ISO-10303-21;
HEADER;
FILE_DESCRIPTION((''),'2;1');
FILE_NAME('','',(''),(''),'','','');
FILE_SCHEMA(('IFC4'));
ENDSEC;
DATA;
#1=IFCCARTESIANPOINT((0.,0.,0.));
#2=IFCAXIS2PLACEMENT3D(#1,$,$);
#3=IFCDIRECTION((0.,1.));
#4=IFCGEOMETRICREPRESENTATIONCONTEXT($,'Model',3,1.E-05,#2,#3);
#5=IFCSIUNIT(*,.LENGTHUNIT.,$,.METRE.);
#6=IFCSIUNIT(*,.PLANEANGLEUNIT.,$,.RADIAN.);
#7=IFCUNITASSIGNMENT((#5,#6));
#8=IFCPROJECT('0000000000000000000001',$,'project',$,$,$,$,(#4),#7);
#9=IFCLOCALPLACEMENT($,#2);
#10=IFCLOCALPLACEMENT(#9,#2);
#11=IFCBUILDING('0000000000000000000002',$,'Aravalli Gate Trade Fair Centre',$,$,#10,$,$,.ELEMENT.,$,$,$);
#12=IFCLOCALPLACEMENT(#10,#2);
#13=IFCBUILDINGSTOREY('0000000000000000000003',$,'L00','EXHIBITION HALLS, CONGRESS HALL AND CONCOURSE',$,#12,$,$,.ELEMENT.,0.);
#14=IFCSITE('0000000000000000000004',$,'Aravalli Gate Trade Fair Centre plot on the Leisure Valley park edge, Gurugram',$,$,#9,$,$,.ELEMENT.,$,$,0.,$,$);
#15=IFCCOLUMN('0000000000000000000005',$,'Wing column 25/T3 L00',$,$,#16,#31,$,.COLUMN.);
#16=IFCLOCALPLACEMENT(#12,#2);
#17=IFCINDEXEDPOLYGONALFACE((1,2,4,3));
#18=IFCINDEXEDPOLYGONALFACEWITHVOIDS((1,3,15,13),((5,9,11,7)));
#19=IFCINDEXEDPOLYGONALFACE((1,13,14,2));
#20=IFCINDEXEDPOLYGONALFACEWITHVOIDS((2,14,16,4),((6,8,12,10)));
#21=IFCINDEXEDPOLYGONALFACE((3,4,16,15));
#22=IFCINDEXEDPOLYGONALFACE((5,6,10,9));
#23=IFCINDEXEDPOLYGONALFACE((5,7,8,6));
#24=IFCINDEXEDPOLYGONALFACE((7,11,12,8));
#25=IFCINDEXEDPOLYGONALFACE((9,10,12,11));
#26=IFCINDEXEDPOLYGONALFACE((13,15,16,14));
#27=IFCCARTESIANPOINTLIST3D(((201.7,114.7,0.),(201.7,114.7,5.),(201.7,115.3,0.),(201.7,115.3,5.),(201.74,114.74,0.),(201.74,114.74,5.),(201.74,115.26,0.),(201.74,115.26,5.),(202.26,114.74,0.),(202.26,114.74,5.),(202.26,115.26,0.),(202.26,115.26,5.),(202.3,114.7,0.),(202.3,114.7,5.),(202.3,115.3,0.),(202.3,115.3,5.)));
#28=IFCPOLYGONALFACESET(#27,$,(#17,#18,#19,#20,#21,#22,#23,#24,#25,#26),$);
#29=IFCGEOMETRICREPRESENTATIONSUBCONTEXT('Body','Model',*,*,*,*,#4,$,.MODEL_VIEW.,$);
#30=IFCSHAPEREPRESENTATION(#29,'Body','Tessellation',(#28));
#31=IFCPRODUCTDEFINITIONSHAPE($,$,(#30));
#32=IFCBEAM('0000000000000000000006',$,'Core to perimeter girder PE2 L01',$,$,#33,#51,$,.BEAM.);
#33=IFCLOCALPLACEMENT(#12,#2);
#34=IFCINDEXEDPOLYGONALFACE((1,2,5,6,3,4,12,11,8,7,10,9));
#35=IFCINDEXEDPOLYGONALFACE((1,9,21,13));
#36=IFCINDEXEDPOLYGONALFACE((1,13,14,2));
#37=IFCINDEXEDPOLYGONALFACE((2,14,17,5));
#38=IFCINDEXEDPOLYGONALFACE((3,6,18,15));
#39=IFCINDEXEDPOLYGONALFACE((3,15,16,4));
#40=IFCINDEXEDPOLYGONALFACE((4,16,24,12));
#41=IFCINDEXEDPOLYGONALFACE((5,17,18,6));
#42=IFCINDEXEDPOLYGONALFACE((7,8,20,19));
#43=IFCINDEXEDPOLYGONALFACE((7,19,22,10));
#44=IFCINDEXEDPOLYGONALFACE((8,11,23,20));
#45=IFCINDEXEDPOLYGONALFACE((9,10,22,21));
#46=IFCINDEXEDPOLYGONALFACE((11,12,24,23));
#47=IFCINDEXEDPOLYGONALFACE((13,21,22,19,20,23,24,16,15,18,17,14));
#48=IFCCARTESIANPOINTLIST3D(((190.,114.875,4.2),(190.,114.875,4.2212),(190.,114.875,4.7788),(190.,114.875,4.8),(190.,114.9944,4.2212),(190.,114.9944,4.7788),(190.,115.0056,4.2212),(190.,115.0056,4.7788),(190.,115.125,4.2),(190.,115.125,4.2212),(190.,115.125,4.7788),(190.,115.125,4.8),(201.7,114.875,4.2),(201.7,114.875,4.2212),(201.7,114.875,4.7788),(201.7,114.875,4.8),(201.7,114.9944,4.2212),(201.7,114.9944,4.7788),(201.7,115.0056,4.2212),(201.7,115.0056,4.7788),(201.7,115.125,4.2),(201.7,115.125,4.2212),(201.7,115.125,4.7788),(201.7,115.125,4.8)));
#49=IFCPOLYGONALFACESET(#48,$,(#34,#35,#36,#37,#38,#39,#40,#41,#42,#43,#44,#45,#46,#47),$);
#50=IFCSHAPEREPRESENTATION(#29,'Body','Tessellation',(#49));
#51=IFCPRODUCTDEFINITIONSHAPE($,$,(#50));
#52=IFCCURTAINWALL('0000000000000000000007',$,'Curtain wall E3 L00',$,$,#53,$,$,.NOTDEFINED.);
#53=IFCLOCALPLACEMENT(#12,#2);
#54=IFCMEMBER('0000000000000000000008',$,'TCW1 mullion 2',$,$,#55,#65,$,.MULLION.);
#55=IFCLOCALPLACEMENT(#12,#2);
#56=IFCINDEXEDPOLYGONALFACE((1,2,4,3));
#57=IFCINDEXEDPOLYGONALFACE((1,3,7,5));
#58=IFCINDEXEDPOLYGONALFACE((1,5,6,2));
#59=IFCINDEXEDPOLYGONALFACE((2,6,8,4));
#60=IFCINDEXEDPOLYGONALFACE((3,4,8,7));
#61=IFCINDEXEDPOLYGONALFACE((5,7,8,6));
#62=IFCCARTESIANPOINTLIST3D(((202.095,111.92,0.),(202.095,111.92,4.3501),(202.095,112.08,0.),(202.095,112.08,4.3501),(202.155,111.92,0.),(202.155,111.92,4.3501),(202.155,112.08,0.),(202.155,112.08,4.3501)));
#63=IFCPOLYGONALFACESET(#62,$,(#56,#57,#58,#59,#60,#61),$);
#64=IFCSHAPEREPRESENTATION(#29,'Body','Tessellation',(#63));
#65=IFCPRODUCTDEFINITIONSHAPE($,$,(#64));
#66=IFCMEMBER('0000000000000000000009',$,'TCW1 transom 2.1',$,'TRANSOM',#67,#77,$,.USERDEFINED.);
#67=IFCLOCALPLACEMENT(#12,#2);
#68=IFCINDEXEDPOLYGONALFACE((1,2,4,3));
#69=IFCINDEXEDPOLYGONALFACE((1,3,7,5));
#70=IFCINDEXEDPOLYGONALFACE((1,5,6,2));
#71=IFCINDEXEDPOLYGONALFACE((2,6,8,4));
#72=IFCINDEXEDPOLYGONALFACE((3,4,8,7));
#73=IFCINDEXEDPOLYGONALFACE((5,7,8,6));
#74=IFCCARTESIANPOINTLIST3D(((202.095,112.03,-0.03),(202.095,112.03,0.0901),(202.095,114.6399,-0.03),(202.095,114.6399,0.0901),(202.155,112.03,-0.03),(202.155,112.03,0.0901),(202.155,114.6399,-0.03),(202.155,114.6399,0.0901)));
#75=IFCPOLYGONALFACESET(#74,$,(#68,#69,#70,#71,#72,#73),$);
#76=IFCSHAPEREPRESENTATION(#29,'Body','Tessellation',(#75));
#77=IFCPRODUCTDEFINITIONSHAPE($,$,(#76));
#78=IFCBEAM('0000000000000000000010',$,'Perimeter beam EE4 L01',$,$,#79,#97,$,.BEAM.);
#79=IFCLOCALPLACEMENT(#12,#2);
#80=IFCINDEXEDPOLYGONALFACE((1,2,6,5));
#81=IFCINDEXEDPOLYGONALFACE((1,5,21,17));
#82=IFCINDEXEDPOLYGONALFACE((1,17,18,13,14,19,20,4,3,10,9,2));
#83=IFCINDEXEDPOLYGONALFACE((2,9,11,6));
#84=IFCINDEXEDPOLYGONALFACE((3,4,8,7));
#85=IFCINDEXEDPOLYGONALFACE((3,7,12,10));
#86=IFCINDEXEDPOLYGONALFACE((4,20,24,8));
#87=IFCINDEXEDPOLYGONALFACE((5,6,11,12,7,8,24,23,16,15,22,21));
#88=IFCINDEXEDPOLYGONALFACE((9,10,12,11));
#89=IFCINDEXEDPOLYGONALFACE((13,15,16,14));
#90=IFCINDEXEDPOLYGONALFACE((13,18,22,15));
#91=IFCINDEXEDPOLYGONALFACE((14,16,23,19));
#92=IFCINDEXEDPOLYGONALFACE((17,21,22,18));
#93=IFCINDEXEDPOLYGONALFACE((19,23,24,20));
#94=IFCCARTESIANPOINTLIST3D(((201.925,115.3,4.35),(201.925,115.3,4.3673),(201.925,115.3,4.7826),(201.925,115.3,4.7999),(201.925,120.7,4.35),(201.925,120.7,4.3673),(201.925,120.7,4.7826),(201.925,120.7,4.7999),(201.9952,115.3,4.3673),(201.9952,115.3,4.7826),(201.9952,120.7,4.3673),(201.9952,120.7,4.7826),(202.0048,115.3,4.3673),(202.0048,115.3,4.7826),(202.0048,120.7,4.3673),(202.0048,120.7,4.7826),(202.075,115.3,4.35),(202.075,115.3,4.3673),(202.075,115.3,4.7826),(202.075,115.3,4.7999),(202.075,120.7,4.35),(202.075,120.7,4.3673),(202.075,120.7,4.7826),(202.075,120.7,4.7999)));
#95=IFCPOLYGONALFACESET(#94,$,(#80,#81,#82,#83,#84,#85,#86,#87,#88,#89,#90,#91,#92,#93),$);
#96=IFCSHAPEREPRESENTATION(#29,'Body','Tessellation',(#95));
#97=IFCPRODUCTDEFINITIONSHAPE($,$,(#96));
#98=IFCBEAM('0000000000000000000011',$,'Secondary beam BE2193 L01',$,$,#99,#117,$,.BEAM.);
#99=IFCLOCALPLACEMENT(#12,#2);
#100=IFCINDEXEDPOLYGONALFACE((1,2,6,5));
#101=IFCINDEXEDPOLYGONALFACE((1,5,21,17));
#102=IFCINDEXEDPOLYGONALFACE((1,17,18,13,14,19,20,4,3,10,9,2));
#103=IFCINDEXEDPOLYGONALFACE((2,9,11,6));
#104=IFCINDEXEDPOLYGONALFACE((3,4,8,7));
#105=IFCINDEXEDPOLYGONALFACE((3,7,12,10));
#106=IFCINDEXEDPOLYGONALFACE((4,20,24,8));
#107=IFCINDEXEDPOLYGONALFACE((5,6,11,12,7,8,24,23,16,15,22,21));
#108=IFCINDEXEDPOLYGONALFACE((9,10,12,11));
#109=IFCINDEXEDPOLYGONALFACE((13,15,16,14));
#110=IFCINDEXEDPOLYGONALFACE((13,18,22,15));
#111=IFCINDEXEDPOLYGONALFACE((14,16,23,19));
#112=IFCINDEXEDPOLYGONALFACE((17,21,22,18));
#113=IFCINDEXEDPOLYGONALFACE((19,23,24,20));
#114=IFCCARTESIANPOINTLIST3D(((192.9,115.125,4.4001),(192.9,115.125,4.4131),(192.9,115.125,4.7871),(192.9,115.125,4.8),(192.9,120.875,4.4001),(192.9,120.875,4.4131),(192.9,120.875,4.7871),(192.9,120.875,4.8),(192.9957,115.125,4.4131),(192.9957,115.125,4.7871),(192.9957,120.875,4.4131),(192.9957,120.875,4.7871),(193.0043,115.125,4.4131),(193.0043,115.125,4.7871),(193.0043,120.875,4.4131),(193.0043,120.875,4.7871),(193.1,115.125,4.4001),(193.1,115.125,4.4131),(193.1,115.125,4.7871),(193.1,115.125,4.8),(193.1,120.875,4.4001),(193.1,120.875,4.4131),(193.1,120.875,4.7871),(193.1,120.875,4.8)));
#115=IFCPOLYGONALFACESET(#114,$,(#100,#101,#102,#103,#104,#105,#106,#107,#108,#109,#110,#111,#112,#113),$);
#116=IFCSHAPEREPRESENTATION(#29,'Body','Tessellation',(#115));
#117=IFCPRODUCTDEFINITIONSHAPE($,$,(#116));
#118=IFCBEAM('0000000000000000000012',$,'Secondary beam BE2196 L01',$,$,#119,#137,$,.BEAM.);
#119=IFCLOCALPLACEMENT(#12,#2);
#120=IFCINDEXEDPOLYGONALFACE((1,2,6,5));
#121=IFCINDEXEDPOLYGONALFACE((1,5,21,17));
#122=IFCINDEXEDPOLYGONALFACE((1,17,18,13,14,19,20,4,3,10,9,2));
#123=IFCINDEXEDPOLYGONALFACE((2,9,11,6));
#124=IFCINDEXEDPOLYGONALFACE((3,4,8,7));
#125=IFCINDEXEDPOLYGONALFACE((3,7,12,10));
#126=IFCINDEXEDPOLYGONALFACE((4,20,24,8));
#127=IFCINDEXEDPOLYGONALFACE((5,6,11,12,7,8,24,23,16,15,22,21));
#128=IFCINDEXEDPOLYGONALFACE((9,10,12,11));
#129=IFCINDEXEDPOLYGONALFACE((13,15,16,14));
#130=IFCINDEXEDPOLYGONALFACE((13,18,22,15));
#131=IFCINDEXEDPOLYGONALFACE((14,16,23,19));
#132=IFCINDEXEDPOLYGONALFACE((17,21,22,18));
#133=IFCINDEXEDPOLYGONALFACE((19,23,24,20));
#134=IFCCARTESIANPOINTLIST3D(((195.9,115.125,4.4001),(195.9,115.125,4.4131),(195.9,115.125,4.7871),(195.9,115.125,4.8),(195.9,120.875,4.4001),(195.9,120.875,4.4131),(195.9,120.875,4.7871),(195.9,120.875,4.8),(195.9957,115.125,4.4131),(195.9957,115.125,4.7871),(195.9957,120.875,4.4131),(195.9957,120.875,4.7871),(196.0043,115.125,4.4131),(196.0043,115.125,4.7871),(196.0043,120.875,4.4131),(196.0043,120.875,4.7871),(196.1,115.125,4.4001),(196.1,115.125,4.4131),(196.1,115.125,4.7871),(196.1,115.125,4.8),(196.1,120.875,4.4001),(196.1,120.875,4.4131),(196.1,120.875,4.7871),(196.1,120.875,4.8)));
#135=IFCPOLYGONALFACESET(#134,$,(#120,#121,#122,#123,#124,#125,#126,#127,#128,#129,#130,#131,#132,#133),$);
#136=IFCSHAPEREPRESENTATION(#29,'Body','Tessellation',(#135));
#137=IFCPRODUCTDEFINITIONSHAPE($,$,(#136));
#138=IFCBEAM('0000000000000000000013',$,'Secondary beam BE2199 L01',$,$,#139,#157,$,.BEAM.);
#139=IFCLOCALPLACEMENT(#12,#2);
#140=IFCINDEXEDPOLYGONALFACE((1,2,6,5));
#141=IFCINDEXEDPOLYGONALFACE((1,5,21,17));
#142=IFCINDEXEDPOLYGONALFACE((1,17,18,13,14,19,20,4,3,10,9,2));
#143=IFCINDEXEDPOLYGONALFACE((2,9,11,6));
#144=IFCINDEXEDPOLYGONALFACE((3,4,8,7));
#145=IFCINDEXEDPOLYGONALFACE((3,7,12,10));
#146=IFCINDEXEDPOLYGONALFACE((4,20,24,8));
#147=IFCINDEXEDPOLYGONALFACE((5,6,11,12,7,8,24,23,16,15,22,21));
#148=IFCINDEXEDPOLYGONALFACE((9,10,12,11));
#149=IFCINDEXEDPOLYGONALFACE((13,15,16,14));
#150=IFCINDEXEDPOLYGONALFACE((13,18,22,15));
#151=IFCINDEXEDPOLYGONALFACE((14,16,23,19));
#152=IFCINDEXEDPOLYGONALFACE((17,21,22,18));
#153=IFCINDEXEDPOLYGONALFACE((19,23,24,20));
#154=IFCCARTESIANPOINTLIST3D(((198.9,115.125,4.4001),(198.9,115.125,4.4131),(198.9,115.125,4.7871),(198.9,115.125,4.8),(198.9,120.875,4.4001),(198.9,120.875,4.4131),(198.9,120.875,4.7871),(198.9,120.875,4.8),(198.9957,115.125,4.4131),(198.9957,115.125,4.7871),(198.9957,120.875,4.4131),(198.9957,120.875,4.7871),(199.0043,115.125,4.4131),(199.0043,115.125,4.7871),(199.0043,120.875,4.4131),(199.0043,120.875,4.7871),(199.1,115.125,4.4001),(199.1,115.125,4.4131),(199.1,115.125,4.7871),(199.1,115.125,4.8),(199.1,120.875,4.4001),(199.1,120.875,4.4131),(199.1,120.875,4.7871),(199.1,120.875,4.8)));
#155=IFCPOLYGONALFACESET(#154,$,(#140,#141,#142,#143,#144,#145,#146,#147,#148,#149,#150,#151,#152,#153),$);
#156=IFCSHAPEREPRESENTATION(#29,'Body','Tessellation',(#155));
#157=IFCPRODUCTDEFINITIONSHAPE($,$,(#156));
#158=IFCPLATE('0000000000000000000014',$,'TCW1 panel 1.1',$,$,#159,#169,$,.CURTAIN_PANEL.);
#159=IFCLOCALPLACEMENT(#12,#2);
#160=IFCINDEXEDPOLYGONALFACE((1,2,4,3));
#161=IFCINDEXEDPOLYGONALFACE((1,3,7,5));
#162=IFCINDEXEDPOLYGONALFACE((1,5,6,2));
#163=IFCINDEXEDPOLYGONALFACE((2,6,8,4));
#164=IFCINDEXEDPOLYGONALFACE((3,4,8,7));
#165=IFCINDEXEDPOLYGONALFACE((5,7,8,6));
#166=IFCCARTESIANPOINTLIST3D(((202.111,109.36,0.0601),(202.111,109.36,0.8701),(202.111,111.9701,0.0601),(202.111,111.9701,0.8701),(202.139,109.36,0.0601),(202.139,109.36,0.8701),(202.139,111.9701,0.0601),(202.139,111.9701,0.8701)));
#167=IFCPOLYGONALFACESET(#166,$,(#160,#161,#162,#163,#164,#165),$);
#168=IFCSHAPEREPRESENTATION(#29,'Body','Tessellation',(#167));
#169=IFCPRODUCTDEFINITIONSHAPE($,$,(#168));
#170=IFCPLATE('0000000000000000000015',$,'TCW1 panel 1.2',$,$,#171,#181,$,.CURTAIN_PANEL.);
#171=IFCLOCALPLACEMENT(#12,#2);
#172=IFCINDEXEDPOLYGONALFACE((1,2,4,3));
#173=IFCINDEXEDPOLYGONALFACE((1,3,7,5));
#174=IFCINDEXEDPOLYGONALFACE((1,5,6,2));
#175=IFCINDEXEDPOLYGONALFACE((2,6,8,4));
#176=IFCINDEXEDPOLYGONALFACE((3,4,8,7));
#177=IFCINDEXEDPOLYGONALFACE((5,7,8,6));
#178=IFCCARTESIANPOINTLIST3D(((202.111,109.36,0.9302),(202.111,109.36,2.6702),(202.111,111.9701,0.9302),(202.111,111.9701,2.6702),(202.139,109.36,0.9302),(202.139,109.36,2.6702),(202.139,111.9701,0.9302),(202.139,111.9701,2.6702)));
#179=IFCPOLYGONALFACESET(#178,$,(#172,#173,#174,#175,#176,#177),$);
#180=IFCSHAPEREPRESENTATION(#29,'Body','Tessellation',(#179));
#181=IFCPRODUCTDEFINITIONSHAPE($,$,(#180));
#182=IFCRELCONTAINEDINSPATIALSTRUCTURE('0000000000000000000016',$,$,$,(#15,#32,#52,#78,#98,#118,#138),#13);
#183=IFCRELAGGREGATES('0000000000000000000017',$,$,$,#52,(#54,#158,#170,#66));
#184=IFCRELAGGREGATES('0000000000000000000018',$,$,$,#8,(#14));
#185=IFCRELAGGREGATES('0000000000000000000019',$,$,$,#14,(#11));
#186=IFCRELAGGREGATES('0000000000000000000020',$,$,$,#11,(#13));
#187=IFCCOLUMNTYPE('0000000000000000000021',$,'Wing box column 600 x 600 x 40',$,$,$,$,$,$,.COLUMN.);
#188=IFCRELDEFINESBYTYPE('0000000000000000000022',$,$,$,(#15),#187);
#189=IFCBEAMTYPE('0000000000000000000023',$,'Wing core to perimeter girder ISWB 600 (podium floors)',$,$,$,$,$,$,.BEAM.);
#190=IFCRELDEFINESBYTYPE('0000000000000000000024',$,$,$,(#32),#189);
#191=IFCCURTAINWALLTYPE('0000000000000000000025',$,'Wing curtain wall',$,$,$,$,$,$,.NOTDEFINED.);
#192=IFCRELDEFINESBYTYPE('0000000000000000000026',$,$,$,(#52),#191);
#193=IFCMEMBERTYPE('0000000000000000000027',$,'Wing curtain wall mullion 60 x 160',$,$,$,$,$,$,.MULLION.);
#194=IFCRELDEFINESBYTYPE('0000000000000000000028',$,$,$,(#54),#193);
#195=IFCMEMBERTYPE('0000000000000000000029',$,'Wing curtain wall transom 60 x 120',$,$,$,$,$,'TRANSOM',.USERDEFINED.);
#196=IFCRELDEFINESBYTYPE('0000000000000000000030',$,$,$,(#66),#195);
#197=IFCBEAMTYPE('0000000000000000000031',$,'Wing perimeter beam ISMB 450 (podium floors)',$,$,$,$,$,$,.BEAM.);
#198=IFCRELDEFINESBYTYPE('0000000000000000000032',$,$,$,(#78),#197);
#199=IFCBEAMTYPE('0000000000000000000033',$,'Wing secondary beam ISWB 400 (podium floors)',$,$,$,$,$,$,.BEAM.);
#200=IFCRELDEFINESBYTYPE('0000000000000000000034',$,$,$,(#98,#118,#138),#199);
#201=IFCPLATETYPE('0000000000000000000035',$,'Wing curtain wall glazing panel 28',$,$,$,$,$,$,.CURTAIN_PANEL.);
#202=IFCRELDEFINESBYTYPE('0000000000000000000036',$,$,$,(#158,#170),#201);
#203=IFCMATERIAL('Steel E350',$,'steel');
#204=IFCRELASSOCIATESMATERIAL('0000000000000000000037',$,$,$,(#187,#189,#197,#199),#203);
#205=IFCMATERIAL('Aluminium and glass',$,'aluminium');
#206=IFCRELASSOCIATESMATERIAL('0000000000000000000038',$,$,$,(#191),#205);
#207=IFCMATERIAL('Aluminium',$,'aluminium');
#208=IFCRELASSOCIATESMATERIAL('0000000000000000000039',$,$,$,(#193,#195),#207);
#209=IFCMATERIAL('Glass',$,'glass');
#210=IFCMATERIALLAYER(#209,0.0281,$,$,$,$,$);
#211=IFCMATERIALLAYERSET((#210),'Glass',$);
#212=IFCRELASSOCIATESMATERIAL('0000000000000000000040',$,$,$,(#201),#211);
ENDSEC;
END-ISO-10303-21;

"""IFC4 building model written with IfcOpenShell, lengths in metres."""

from ifc_helpers import new_model, si_unit, direction, frame, origin, origin_2d, place, context, subcontext, project, spatial, rectangle, hollow_rectangle, i_section, extrude, material, layer, layer_set, material_profile, profile_set, type_object, element, aggregate, save


model = new_model("IFC4")

# Units and contexts
model_context = context("Model", 3, precision=1e-05, world=origin(), true_north=direction((0.0, 1.0)))
body_context = subcontext(model_context, "Body", "Model", "MODEL_VIEW")
ifc_project = project(units=[si_unit("LENGTHUNIT", "METRE"), si_unit("PLANEANGLEUNIT", "RADIAN")], contexts=[model_context])

# Site, building, storey
site_placement = place(None, origin())
site = spatial("IfcSite", under=ifc_project, at=site_placement, Name="Aravalli Gate Trade Fair Centre plot on the Leisure Valley park edge, Gurugram", CompositionType="ELEMENT", RefElevation=0.0)
building_placement = place(site_placement, origin())
building = spatial("IfcBuilding", under=site, at=building_placement, Name="Aravalli Gate Trade Fair Centre", CompositionType="ELEMENT")
storey_placement = place(building_placement, origin())
storey = spatial("IfcBuildingStorey", under=building, at=storey_placement, Name="L00", Description="EXHIBITION HALLS, CONGRESS HALL AND CONCOURSE", CompositionType="ELEMENT", Elevation=0.0)

# Column
ifc_material_1 = material(Name="Steel E350", Category="steel")
ifc_material_profile_1 = material_profile(ifc_material_1, hollow_rectangle(XDim=0.6001, YDim=0.6001, WallThickness=0.04, at=origin_2d()), Name="BOX 600x600x40")
ifc_profile_set_1 = profile_set([ifc_material_profile_1], Name="Steel E350")
column_type = type_object("IfcColumnType", Name="Wing box column 600 x 600 x 40", PredefinedType="COLUMN", material=ifc_profile_set_1)
column_placement = place(storey_placement, frame((202.0, 115.0, 0.0), z_axis=(0.0, 0.0, 1.0), x_axis=(1.0, 0.0, 0.0)))
element("IfcColumn", 1, at=column_placement, inside=storey, type_object=column_type, Name="Wing column 25/T3 L00", PredefinedType="COLUMN", context=body_context, shape_type="SweptSolid", body=[
    extrude(hollow_rectangle(XDim=0.6001, YDim=0.6001, WallThickness=0.04, at=origin_2d()), origin(), (0.0, 0.0, 1.0), 5.0),
])

# Beam
ifc_material_profile_2 = material_profile(ifc_material_1, i_section(OverallWidth=0.25, OverallDepth=0.6001, WebThickness=0.0112, FlangeThickness=0.0212, at=origin_2d()), Name="ISWB 600")
ifc_profile_set_2 = profile_set([ifc_material_profile_2], Name="Steel E350")
beam_type_1 = type_object("IfcBeamType", Name="Wing core to perimeter girder ISWB 600 (podium floors)", PredefinedType="BEAM", material=ifc_profile_set_2)
beam_1_placement = place(storey_placement, frame((190.0, 115.0, 4.5), z_axis=(1.0, 0.0, 0.0), x_axis=(0.0, 1.0, 0.0)))
element("IfcBeam", 2, at=beam_1_placement, inside=storey, type_object=beam_type_1, Name="Core to perimeter girder PE2 L01", PredefinedType="BEAM", context=body_context, shape_type="SweptSolid", body=[
    extrude(i_section(OverallWidth=0.25, OverallDepth=0.6001, WebThickness=0.0112, FlangeThickness=0.0212, at=origin_2d()), origin(), (0.0, 0.0, 1.0), 11.7),
])

# Curtain wall, members
ifc_material_2 = material(Name="Aluminium and glass", Category="aluminium")
curtain_wall_type = type_object("IfcCurtainWallType", Name="Wing curtain wall", PredefinedType="NOTDEFINED", material=ifc_material_2)
curtain_wall_placement = place(storey_placement, origin())
curtain_wall = element("IfcCurtainWall", 3, at=curtain_wall_placement, inside=storey, type_object=curtain_wall_type, Name="Curtain wall E3 L00", PredefinedType="NOTDEFINED")
ifc_material_3 = material(Name="Aluminium", Category="aluminium")
ifc_material_profile_3 = material_profile(ifc_material_3, rectangle(XDim=0.0601, YDim=0.1599, at=origin_2d()), Name="Wing curtain wall mullion 60 x 160")
ifc_profile_set_3 = profile_set([ifc_material_profile_3], Name="Aluminium")
member_type_1 = type_object("IfcMemberType", Name="Wing curtain wall mullion 60 x 160", PredefinedType="MULLION", material=ifc_profile_set_3)
member_1_placement = place(storey_placement, frame((202.125, 112.0, 0.0), z_axis=(0.0, 0.0, 1.0), x_axis=(-1.0, 0.0, 0.0)))
member_1 = element("IfcMember", 4, at=member_1_placement, type_object=member_type_1, Name="TCW1 mullion 2", PredefinedType="MULLION", context=body_context, shape_type="SweptSolid", body=[
    extrude(rectangle(XDim=0.0601, YDim=0.1599, at=origin_2d()), origin(), (0.0, 0.0, 1.0), 4.3501),
])
ifc_material_profile_4 = material_profile(ifc_material_3, rectangle(XDim=0.0601, YDim=0.1201, at=origin_2d()), Name="Wing curtain wall transom 60 x 120")
ifc_profile_set_4 = profile_set([ifc_material_profile_4], Name="Aluminium")
member_type_2 = type_object("IfcMemberType", Name="Wing curtain wall transom 60 x 120", ElementType="TRANSOM", PredefinedType="USERDEFINED", material=ifc_profile_set_4)
member_2_placement = place(storey_placement, frame((202.125, 112.03, 0.03), z_axis=(0.0, 1.0, 0.0), x_axis=(-1.0, 0.0, 0.0)))
member_2 = element("IfcMember", 5, at=member_2_placement, type_object=member_type_2, Name="TCW1 transom 2.1", ObjectType="TRANSOM", PredefinedType="USERDEFINED", context=body_context, shape_type="SweptSolid", body=[
    extrude(rectangle(XDim=0.0601, YDim=0.1201, at=origin_2d()), origin(), (0.0, 0.0, 1.0), 2.6099),
])

# Beams
ifc_material_profile_5 = material_profile(ifc_material_1, i_section(OverallWidth=0.1499, OverallDepth=0.45, WebThickness=0.0095, FlangeThickness=0.0173, at=origin_2d()), Name="ISMB 450")
ifc_profile_set_5 = profile_set([ifc_material_profile_5], Name="Steel E350")
beam_type_2 = type_object("IfcBeamType", Name="Wing perimeter beam ISMB 450 (podium floors)", PredefinedType="BEAM", material=ifc_profile_set_5)
beam_2_placement = place(storey_placement, frame((202.0, 115.3, 4.575), z_axis=(0.0, 1.0, 0.0), x_axis=(-1.0, 0.0, 0.0)))
element("IfcBeam", 6, at=beam_2_placement, inside=storey, type_object=beam_type_2, Name="Perimeter beam EE4 L01", PredefinedType="BEAM", context=body_context, shape_type="SweptSolid", body=[
    extrude(i_section(OverallWidth=0.1499, OverallDepth=0.45, WebThickness=0.0095, FlangeThickness=0.0173, at=origin_2d()), origin(), (0.0, 0.0, 1.0), 5.3999),
])
ifc_material_profile_6 = material_profile(ifc_material_1, i_section(OverallWidth=0.2, OverallDepth=0.3999, WebThickness=0.0085, FlangeThickness=0.0129, at=origin_2d()), Name="ISWB 400")
ifc_profile_set_6 = profile_set([ifc_material_profile_6], Name="Steel E350")
beam_type_3 = type_object("IfcBeamType", Name="Wing secondary beam ISWB 400 (podium floors)", PredefinedType="BEAM", material=ifc_profile_set_6)
for number, where, z_axis, x_axis, name in (
    (7, (193.0, 115.125, 4.6001), (0.0, 1.0, 0.0), (-1.0, 0.0, 0.0), "Secondary beam BE2193 L01"),
    (8, (196.0, 115.125, 4.6001), (0.0, 1.0, 0.0), (-1.0, 0.0, 0.0), "Secondary beam BE2196 L01"),
    (9, (199.0, 115.125, 4.6001), (0.0, 1.0, 0.0), (-1.0, 0.0, 0.0), "Secondary beam BE2199 L01"),
):
    element("IfcBeam", number, at=place(storey_placement, frame(where, z_axis=z_axis, x_axis=x_axis)), inside=storey, type_object=beam_type_3, Name=name, PredefinedType="BEAM", context=body_context, shape_type="SweptSolid", body=[
        extrude(i_section(OverallWidth=0.2, OverallDepth=0.3999, WebThickness=0.0085, FlangeThickness=0.0129, at=origin_2d()), origin(), (0.0, 0.0, 1.0), 5.75),
    ])

# Plates
ifc_material_4 = material(Name="Glass", Category="glass")
ifc_layer_1 = layer(ifc_material_4, 0.0281)
ifc_layer_set_1 = layer_set([ifc_layer_1], Name="Glass")
plate_type = type_object("IfcPlateType", Name="Wing curtain wall glazing panel 28", PredefinedType="CURTAIN_PANEL", material=ifc_layer_set_1)
plate_1_placement = place(storey_placement, frame((202.125, 110.665, 0.0601), z_axis=(0.0, 0.0, 1.0), x_axis=(0.0, 1.0, 0.0)))
plate_1 = element("IfcPlate", 10, at=plate_1_placement, type_object=plate_type, Name="TCW1 panel 1.1", PredefinedType="CURTAIN_PANEL", context=body_context, shape_type="SweptSolid", body=[
    extrude(rectangle(XDim=2.6101, YDim=0.0281, at=origin_2d()), origin(), (0.0, 0.0, 1.0), 0.8101),
])
plate_2_placement = place(storey_placement, frame((202.125, 110.665, 0.9302), z_axis=(0.0, 0.0, 1.0), x_axis=(0.0, 1.0, 0.0)))
plate_2 = element("IfcPlate", 11, at=plate_2_placement, type_object=plate_type, Name="TCW1 panel 1.2", PredefinedType="CURTAIN_PANEL", context=body_context, shape_type="SweptSolid", body=[
    extrude(rectangle(XDim=2.6101, YDim=0.0281, at=origin_2d()), origin(), (0.0, 0.0, 1.0), 1.74),
])
aggregate(curtain_wall, [member_1, plate_1, plate_2, member_2])

save(model, "model.ifc")
